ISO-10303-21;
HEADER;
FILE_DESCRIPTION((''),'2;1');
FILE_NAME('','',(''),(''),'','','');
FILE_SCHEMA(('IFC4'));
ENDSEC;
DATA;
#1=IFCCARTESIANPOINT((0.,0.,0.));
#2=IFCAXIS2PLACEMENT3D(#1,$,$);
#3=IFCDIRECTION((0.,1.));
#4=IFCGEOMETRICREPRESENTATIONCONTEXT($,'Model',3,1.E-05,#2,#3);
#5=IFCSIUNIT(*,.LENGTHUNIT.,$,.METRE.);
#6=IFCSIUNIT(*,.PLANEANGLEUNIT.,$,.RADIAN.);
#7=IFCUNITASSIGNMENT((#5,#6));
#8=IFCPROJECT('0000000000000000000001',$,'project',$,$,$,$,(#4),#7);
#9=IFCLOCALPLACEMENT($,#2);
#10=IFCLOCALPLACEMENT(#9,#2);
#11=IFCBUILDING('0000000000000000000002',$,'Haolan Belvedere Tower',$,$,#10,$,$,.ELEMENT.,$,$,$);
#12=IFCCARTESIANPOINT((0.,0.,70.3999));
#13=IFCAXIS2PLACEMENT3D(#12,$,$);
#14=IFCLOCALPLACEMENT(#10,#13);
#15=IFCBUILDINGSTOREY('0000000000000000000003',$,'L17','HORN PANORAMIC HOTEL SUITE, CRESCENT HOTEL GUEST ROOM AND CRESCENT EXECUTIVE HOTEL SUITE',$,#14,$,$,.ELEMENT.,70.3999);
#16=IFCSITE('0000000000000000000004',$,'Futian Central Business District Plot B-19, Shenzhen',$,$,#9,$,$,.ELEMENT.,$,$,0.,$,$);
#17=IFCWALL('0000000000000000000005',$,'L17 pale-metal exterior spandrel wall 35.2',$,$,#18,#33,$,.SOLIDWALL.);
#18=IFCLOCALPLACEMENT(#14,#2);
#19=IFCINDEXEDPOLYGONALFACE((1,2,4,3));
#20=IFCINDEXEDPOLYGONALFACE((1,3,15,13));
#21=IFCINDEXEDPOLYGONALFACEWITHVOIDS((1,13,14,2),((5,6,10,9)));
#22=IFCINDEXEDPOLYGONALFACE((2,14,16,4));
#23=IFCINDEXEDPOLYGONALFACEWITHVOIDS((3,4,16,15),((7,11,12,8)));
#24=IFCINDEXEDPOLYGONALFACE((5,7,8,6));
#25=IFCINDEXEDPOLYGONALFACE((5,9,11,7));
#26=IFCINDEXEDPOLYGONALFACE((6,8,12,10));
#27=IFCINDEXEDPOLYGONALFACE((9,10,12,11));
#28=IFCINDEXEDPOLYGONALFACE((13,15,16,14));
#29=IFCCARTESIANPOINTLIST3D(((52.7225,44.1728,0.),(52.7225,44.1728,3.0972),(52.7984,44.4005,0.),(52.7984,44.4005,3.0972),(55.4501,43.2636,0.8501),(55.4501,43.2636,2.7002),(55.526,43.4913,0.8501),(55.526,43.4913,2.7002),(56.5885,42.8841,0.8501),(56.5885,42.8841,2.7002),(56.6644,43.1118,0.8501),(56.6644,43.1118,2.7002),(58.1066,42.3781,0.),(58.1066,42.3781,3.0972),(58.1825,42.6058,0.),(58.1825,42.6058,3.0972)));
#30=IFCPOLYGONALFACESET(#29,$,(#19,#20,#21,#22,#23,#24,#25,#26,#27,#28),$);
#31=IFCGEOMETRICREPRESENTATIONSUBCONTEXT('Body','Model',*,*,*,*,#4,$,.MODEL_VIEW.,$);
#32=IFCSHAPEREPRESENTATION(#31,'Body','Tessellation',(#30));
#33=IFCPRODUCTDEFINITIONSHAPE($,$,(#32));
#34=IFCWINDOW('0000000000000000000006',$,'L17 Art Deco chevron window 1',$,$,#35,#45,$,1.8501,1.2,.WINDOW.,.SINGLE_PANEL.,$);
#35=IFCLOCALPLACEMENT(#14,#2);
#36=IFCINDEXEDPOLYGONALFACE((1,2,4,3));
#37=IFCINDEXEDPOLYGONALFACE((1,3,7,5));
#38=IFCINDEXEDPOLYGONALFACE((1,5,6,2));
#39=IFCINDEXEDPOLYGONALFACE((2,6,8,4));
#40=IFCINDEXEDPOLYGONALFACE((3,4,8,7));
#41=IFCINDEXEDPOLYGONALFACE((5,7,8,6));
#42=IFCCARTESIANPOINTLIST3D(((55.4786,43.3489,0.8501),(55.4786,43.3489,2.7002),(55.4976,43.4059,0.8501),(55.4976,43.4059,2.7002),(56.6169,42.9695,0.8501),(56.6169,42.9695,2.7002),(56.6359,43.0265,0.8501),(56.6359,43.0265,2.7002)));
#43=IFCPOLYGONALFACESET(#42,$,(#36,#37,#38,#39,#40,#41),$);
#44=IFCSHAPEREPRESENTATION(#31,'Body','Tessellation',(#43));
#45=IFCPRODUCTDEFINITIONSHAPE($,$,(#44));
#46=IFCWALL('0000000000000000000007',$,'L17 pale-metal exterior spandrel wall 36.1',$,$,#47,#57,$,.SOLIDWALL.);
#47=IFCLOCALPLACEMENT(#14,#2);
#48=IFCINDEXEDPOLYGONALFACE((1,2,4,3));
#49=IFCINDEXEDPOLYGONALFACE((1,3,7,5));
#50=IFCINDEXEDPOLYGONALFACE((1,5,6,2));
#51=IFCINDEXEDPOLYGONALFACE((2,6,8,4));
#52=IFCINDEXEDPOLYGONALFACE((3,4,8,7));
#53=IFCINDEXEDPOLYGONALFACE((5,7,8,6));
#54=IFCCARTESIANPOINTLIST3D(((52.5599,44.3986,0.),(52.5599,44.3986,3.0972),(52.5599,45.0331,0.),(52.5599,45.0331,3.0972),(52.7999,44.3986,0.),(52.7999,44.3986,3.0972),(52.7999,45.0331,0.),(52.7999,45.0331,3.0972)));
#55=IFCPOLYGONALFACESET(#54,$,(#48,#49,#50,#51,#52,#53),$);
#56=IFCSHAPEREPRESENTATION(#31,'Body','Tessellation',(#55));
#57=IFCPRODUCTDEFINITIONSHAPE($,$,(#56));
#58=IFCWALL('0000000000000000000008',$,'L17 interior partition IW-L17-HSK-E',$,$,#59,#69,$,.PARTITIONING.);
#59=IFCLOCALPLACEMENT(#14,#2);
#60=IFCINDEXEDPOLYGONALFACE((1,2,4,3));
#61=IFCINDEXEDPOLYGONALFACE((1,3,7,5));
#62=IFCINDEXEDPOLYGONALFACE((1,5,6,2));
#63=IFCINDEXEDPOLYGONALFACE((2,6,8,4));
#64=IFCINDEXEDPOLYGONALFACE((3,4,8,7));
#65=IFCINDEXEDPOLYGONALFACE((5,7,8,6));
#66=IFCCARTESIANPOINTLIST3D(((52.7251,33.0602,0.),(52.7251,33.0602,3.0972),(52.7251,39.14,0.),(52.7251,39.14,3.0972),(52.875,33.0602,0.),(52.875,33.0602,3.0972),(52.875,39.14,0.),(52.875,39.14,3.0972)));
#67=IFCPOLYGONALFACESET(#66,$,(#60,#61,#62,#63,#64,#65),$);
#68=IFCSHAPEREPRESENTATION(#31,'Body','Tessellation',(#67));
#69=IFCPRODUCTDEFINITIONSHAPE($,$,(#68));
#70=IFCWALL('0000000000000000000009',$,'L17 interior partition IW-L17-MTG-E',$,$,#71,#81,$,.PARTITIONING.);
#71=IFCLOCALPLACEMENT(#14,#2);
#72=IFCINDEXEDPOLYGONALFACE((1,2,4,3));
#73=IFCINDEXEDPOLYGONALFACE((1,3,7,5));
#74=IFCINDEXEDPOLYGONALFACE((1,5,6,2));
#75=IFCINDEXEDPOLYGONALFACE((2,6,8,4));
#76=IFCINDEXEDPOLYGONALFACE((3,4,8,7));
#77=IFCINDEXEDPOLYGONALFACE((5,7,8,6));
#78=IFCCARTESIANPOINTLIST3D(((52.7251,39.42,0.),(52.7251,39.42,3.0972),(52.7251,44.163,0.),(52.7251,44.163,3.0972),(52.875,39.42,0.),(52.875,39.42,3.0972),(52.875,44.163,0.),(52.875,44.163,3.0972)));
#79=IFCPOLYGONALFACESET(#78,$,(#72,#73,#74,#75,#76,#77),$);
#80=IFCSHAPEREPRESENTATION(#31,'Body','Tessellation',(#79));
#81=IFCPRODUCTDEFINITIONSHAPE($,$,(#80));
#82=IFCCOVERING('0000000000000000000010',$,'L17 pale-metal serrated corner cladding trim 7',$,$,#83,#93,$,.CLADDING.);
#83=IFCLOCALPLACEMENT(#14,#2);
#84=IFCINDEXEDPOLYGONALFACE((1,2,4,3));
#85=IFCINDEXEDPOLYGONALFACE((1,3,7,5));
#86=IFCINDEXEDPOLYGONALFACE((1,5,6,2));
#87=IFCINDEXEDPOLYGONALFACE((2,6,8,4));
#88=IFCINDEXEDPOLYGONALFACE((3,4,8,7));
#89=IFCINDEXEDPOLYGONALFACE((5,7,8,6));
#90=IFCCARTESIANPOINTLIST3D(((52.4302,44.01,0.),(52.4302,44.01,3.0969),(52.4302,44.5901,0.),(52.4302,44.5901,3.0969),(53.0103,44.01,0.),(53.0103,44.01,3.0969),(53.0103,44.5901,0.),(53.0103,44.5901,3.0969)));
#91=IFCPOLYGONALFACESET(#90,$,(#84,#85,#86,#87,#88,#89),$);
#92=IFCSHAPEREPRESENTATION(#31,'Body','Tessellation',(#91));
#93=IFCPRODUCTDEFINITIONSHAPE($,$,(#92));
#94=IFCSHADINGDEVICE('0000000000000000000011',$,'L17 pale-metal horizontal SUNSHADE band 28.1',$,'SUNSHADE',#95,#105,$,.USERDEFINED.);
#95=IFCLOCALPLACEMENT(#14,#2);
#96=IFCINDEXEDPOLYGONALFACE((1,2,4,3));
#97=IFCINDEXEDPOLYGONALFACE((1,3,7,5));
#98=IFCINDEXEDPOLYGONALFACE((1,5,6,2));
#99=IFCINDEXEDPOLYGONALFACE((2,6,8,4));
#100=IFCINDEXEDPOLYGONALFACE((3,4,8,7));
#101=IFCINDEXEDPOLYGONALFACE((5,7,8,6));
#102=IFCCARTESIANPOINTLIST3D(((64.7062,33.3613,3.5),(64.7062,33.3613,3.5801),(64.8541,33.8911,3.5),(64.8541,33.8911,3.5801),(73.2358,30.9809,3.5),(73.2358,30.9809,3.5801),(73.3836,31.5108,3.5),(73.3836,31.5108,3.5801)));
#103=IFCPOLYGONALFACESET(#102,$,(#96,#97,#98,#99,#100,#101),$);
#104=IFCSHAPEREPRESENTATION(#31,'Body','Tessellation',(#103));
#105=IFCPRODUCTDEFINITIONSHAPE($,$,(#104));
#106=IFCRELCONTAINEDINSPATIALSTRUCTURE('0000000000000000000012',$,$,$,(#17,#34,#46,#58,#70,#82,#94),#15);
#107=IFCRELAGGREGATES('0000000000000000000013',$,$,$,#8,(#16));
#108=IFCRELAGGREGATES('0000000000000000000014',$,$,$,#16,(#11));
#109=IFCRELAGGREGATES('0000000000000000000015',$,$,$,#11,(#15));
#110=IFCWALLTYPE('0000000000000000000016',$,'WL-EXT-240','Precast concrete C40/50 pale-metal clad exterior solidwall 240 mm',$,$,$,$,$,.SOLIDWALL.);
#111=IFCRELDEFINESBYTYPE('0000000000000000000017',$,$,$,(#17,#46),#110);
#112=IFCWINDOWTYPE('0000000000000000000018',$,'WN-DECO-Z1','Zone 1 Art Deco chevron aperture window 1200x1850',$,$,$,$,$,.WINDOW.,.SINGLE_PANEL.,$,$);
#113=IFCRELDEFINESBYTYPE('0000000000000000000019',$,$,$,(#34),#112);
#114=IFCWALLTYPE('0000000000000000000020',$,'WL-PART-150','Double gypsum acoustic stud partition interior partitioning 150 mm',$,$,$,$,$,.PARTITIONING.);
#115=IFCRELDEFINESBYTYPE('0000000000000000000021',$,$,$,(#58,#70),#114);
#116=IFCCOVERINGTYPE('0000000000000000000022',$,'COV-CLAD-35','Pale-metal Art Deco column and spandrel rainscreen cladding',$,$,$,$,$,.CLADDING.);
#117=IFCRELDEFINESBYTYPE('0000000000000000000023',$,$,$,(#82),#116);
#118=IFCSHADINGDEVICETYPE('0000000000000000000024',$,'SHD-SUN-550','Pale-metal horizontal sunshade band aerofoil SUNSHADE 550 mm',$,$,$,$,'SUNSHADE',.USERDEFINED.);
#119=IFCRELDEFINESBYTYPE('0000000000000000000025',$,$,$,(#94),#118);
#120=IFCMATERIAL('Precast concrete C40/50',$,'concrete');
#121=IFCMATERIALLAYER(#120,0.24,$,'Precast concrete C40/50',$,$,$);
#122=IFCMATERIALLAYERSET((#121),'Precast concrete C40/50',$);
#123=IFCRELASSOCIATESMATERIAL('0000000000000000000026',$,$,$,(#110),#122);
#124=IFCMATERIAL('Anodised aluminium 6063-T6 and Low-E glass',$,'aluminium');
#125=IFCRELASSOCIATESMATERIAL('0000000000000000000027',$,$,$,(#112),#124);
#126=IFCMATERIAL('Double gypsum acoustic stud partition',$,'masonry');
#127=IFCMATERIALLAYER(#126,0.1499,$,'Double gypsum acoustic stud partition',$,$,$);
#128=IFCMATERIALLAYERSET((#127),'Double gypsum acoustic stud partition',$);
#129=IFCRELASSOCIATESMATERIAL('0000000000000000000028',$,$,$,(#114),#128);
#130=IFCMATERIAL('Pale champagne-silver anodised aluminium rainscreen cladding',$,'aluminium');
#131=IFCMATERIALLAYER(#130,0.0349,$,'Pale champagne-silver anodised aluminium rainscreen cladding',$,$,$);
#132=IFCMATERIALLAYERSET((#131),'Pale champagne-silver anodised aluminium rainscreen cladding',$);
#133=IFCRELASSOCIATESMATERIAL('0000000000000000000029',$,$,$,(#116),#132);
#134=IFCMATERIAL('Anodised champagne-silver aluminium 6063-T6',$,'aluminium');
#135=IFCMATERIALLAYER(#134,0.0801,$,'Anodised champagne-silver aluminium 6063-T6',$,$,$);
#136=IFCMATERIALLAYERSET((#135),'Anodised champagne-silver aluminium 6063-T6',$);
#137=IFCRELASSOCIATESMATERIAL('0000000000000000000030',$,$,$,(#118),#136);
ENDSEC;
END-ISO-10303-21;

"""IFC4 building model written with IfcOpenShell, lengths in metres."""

from ifc_helpers import new_model, si_unit, direction, frame, frame_2d, origin, origin_2d, place, context, subcontext, project, spatial, rectangle, extrude, material, layer, layer_set, type_object, element, fill, save


model = new_model("IFC4")

# Units and contexts
model_context = context("Model", 3, precision=1e-05, world=origin(), true_north=direction((0.0, 1.0)))
body_context = subcontext(model_context, "Body", "Model", "MODEL_VIEW")
ifc_project = project(units=[si_unit("LENGTHUNIT", "METRE"), si_unit("PLANEANGLEUNIT", "RADIAN")], contexts=[model_context])

# Site, building, storey
site_placement = place(None, origin())
site = spatial("IfcSite", under=ifc_project, at=site_placement, Name="Futian Central Business District Plot B-19, Shenzhen", CompositionType="ELEMENT", RefElevation=0.0)
building_placement = place(site_placement, origin())
building = spatial("IfcBuilding", under=site, at=building_placement, Name="Haolan Belvedere Tower", CompositionType="ELEMENT")
storey_placement = place(building_placement, frame((0.0, 0.0, 70.3999)))
storey = spatial("IfcBuildingStorey", under=building, at=storey_placement, Name="L17", Description="HORN PANORAMIC HOTEL SUITE, CRESCENT HOTEL GUEST ROOM AND CRESCENT EXECUTIVE HOTEL SUITE", CompositionType="ELEMENT", Elevation=70.3999)

# Shared definitions
ifc_material_1 = material(Name="Precast concrete C40/50", Category="concrete")
ifc_layer_1 = layer(ifc_material_1, 0.24, Name="Precast concrete C40/50")
ifc_layer_set_1 = layer_set([ifc_layer_1], Name="Precast concrete C40/50")
wall_type_1 = type_object("IfcWallType", Name="WL-EXT-240", Description="Precast concrete C40/50 pale-metal clad exterior solidwall 240 mm", PredefinedType="SOLIDWALL", material=ifc_layer_set_1)
ifc_material_2 = material(Name="Anodised aluminium 6063-T6 and Low-E glass", Category="aluminium")
window_type = type_object("IfcWindowType", Name="WN-DECO-Z1", Description="Zone 1 Art Deco chevron aperture window 1200x1850", PartitioningType="SINGLE_PANEL", PredefinedType="WINDOW", material=ifc_material_2)

# Wall, opening, window
wall_1_placement = place(storey_placement, frame((58.1445, 42.4919, 0.0), z_axis=(0.0, 0.0, 1.0), x_axis=(-0.948683, 0.316228, 0.0)))
wall_1 = element("IfcWall", 1, at=wall_1_placement, inside=storey, type_object=wall_type_1, Name="L17 pale-metal exterior spandrel wall 35.2", PredefinedType="SOLIDWALL", context=body_context, shape_type="SweptSolid", body=[
    extrude(rectangle(XDim=5.6753, YDim=0.24, at=frame_2d((2.8376, 0.0))), origin(), (0.0, 0.0, 1.0), 3.0972),
])
opening_1_placement = place(wall_1_placement, frame((1.6001, 0.0, 0.8501)))
opening_1 = element("IfcOpeningElement", 2, at=opening_1_placement, cuts=wall_1, PredefinedType="OPENING", context=body_context, shape_type="SweptSolid", body=[
    extrude(rectangle(XDim=1.2, YDim=1.8501, at=frame_2d((0.6001, 0.925))), frame((0.0, 0.1299, 0.0), z_axis=(0.0, -1.0, 0.0), x_axis=(1.0, 0.0, 0.0)), (0.0, 0.0, 1.0), 0.26),
])
window_1_placement = place(opening_1_placement, origin())
window_1 = element("IfcWindow", 3, at=window_1_placement, inside=storey, type_object=window_type, Name="L17 Art Deco chevron window 1", OverallHeight=1.8501, OverallWidth=1.2, PartitioningType="SINGLE_PANEL", PredefinedType="WINDOW", context=body_context, shape_type="SweptSolid", body=[
    extrude(rectangle(XDim=1.2, YDim=1.8501, at=frame_2d((0.6001, 0.925))), frame((0.0, 0.03, 0.0), z_axis=(0.0, -1.0, 0.0), x_axis=(1.0, 0.0, 0.0)), (0.0, 0.0, 1.0), 0.0601),
])
fill(opening_1, window_1)

# Walls
wall_2_placement = place(storey_placement, frame((52.6799, 44.3984, 0.0), z_axis=(0.0, 0.0, 1.0), x_axis=(0.0, 1.0, 0.0)))
element("IfcWall", 4, at=wall_2_placement, inside=storey, type_object=wall_type_1, Name="L17 pale-metal exterior spandrel wall 36.1", PredefinedType="SOLIDWALL", context=body_context, shape_type="SweptSolid", body=[
    extrude(rectangle(XDim=0.6345, YDim=0.24, at=frame_2d((0.3174, 0.0))), origin(), (0.0, 0.0, 1.0), 3.0972),
])
ifc_material_3 = material(Name="Double gypsum acoustic stud partition", Category="masonry")
ifc_layer_2 = layer(ifc_material_3, 0.1499, Name="Double gypsum acoustic stud partition")
ifc_layer_set_2 = layer_set([ifc_layer_2], Name="Double gypsum acoustic stud partition")
wall_type_2 = type_object("IfcWallType", Name="WL-PART-150", Description="Double gypsum acoustic stud partition interior partitioning 150 mm", PredefinedType="PARTITIONING", material=ifc_layer_set_2)
wall_3_placement = place(storey_placement, frame((52.8, 33.0601, 0.0), z_axis=(0.0, 0.0, 1.0), x_axis=(0.0, 1.0, 0.0)))
element("IfcWall", 5, at=wall_3_placement, inside=storey, type_object=wall_type_2, Name="L17 interior partition IW-L17-HSK-E", PredefinedType="PARTITIONING", context=body_context, shape_type="SweptSolid", body=[
    extrude(rectangle(XDim=6.0798, YDim=0.1499, at=frame_2d((3.04, 0.0))), origin(), (0.0, 0.0, 1.0), 3.0972),
])
wall_4_placement = place(storey_placement, frame((52.8, 39.4199, 0.0), z_axis=(0.0, 0.0, 1.0), x_axis=(0.0, 1.0, 0.0)))
element("IfcWall", 6, at=wall_4_placement, inside=storey, type_object=wall_type_2, Name="L17 interior partition IW-L17-MTG-E", PredefinedType="PARTITIONING", context=body_context, shape_type="SweptSolid", body=[
    extrude(rectangle(XDim=4.7429, YDim=0.1499, at=frame_2d((2.3716, 0.0))), origin(), (0.0, 0.0, 1.0), 3.0972),
])

# Covering
ifc_material_4 = material(Name="Pale champagne-silver anodised aluminium rainscreen cladding", Category="aluminium")
ifc_layer_3 = layer(ifc_material_4, 0.0349, Name="Pale champagne-silver anodised aluminium rainscreen cladding")
ifc_layer_set_3 = layer_set([ifc_layer_3], Name="Pale champagne-silver anodised aluminium rainscreen cladding")
covering_type = type_object("IfcCoveringType", Name="COV-CLAD-35", Description="Pale-metal Art Deco column and spandrel rainscreen cladding", PredefinedType="CLADDING", material=ifc_layer_set_3)
covering_placement = place(storey_placement, frame((52.7202, 44.3, 0.0), z_axis=(0.0, 0.0, 1.0), x_axis=(1.0, 0.0, 0.0)))
element("IfcCovering", 7, at=covering_placement, inside=storey, type_object=covering_type, Name="L17 pale-metal serrated corner cladding trim 7", PredefinedType="CLADDING", context=body_context, shape_type="SweptSolid", body=[
    extrude(rectangle(XDim=0.5801, YDim=0.5801, at=origin_2d()), origin(), (0.0, 0.0, 1.0), 3.0969),
])

# Shading device
ifc_material_5 = material(Name="Anodised champagne-silver aluminium 6063-T6", Category="aluminium")
ifc_layer_4 = layer(ifc_material_5, 0.0801, Name="Anodised champagne-silver aluminium 6063-T6")
ifc_layer_set_4 = layer_set([ifc_layer_4], Name="Anodised champagne-silver aluminium 6063-T6")
shading_device_type = type_object("IfcShadingDeviceType", Name="SHD-SUN-550", Description="Pale-metal horizontal sunshade band aerofoil SUNSHADE 550 mm", ElementType="SUNSHADE", PredefinedType="USERDEFINED", material=ifc_layer_set_4)
shading_device_placement = place(storey_placement, frame((69.0449, 32.436, 3.5), z_axis=(0.0, 0.0, 1.0), x_axis=(-0.963195, 0.268802, 0.0)))
element("IfcShadingDevice", 8, at=shading_device_placement, inside=storey, type_object=shading_device_type, Name="L17 pale-metal horizontal SUNSHADE band 28.1", ObjectType="SUNSHADE", PredefinedType="USERDEFINED", context=body_context, shape_type="SweptSolid", body=[
    extrude(rectangle(XDim=8.8555, YDim=0.55, at=origin_2d()), origin(), (0.0, 0.0, 1.0), 0.0801),
])

save(model, "model.ifc")
